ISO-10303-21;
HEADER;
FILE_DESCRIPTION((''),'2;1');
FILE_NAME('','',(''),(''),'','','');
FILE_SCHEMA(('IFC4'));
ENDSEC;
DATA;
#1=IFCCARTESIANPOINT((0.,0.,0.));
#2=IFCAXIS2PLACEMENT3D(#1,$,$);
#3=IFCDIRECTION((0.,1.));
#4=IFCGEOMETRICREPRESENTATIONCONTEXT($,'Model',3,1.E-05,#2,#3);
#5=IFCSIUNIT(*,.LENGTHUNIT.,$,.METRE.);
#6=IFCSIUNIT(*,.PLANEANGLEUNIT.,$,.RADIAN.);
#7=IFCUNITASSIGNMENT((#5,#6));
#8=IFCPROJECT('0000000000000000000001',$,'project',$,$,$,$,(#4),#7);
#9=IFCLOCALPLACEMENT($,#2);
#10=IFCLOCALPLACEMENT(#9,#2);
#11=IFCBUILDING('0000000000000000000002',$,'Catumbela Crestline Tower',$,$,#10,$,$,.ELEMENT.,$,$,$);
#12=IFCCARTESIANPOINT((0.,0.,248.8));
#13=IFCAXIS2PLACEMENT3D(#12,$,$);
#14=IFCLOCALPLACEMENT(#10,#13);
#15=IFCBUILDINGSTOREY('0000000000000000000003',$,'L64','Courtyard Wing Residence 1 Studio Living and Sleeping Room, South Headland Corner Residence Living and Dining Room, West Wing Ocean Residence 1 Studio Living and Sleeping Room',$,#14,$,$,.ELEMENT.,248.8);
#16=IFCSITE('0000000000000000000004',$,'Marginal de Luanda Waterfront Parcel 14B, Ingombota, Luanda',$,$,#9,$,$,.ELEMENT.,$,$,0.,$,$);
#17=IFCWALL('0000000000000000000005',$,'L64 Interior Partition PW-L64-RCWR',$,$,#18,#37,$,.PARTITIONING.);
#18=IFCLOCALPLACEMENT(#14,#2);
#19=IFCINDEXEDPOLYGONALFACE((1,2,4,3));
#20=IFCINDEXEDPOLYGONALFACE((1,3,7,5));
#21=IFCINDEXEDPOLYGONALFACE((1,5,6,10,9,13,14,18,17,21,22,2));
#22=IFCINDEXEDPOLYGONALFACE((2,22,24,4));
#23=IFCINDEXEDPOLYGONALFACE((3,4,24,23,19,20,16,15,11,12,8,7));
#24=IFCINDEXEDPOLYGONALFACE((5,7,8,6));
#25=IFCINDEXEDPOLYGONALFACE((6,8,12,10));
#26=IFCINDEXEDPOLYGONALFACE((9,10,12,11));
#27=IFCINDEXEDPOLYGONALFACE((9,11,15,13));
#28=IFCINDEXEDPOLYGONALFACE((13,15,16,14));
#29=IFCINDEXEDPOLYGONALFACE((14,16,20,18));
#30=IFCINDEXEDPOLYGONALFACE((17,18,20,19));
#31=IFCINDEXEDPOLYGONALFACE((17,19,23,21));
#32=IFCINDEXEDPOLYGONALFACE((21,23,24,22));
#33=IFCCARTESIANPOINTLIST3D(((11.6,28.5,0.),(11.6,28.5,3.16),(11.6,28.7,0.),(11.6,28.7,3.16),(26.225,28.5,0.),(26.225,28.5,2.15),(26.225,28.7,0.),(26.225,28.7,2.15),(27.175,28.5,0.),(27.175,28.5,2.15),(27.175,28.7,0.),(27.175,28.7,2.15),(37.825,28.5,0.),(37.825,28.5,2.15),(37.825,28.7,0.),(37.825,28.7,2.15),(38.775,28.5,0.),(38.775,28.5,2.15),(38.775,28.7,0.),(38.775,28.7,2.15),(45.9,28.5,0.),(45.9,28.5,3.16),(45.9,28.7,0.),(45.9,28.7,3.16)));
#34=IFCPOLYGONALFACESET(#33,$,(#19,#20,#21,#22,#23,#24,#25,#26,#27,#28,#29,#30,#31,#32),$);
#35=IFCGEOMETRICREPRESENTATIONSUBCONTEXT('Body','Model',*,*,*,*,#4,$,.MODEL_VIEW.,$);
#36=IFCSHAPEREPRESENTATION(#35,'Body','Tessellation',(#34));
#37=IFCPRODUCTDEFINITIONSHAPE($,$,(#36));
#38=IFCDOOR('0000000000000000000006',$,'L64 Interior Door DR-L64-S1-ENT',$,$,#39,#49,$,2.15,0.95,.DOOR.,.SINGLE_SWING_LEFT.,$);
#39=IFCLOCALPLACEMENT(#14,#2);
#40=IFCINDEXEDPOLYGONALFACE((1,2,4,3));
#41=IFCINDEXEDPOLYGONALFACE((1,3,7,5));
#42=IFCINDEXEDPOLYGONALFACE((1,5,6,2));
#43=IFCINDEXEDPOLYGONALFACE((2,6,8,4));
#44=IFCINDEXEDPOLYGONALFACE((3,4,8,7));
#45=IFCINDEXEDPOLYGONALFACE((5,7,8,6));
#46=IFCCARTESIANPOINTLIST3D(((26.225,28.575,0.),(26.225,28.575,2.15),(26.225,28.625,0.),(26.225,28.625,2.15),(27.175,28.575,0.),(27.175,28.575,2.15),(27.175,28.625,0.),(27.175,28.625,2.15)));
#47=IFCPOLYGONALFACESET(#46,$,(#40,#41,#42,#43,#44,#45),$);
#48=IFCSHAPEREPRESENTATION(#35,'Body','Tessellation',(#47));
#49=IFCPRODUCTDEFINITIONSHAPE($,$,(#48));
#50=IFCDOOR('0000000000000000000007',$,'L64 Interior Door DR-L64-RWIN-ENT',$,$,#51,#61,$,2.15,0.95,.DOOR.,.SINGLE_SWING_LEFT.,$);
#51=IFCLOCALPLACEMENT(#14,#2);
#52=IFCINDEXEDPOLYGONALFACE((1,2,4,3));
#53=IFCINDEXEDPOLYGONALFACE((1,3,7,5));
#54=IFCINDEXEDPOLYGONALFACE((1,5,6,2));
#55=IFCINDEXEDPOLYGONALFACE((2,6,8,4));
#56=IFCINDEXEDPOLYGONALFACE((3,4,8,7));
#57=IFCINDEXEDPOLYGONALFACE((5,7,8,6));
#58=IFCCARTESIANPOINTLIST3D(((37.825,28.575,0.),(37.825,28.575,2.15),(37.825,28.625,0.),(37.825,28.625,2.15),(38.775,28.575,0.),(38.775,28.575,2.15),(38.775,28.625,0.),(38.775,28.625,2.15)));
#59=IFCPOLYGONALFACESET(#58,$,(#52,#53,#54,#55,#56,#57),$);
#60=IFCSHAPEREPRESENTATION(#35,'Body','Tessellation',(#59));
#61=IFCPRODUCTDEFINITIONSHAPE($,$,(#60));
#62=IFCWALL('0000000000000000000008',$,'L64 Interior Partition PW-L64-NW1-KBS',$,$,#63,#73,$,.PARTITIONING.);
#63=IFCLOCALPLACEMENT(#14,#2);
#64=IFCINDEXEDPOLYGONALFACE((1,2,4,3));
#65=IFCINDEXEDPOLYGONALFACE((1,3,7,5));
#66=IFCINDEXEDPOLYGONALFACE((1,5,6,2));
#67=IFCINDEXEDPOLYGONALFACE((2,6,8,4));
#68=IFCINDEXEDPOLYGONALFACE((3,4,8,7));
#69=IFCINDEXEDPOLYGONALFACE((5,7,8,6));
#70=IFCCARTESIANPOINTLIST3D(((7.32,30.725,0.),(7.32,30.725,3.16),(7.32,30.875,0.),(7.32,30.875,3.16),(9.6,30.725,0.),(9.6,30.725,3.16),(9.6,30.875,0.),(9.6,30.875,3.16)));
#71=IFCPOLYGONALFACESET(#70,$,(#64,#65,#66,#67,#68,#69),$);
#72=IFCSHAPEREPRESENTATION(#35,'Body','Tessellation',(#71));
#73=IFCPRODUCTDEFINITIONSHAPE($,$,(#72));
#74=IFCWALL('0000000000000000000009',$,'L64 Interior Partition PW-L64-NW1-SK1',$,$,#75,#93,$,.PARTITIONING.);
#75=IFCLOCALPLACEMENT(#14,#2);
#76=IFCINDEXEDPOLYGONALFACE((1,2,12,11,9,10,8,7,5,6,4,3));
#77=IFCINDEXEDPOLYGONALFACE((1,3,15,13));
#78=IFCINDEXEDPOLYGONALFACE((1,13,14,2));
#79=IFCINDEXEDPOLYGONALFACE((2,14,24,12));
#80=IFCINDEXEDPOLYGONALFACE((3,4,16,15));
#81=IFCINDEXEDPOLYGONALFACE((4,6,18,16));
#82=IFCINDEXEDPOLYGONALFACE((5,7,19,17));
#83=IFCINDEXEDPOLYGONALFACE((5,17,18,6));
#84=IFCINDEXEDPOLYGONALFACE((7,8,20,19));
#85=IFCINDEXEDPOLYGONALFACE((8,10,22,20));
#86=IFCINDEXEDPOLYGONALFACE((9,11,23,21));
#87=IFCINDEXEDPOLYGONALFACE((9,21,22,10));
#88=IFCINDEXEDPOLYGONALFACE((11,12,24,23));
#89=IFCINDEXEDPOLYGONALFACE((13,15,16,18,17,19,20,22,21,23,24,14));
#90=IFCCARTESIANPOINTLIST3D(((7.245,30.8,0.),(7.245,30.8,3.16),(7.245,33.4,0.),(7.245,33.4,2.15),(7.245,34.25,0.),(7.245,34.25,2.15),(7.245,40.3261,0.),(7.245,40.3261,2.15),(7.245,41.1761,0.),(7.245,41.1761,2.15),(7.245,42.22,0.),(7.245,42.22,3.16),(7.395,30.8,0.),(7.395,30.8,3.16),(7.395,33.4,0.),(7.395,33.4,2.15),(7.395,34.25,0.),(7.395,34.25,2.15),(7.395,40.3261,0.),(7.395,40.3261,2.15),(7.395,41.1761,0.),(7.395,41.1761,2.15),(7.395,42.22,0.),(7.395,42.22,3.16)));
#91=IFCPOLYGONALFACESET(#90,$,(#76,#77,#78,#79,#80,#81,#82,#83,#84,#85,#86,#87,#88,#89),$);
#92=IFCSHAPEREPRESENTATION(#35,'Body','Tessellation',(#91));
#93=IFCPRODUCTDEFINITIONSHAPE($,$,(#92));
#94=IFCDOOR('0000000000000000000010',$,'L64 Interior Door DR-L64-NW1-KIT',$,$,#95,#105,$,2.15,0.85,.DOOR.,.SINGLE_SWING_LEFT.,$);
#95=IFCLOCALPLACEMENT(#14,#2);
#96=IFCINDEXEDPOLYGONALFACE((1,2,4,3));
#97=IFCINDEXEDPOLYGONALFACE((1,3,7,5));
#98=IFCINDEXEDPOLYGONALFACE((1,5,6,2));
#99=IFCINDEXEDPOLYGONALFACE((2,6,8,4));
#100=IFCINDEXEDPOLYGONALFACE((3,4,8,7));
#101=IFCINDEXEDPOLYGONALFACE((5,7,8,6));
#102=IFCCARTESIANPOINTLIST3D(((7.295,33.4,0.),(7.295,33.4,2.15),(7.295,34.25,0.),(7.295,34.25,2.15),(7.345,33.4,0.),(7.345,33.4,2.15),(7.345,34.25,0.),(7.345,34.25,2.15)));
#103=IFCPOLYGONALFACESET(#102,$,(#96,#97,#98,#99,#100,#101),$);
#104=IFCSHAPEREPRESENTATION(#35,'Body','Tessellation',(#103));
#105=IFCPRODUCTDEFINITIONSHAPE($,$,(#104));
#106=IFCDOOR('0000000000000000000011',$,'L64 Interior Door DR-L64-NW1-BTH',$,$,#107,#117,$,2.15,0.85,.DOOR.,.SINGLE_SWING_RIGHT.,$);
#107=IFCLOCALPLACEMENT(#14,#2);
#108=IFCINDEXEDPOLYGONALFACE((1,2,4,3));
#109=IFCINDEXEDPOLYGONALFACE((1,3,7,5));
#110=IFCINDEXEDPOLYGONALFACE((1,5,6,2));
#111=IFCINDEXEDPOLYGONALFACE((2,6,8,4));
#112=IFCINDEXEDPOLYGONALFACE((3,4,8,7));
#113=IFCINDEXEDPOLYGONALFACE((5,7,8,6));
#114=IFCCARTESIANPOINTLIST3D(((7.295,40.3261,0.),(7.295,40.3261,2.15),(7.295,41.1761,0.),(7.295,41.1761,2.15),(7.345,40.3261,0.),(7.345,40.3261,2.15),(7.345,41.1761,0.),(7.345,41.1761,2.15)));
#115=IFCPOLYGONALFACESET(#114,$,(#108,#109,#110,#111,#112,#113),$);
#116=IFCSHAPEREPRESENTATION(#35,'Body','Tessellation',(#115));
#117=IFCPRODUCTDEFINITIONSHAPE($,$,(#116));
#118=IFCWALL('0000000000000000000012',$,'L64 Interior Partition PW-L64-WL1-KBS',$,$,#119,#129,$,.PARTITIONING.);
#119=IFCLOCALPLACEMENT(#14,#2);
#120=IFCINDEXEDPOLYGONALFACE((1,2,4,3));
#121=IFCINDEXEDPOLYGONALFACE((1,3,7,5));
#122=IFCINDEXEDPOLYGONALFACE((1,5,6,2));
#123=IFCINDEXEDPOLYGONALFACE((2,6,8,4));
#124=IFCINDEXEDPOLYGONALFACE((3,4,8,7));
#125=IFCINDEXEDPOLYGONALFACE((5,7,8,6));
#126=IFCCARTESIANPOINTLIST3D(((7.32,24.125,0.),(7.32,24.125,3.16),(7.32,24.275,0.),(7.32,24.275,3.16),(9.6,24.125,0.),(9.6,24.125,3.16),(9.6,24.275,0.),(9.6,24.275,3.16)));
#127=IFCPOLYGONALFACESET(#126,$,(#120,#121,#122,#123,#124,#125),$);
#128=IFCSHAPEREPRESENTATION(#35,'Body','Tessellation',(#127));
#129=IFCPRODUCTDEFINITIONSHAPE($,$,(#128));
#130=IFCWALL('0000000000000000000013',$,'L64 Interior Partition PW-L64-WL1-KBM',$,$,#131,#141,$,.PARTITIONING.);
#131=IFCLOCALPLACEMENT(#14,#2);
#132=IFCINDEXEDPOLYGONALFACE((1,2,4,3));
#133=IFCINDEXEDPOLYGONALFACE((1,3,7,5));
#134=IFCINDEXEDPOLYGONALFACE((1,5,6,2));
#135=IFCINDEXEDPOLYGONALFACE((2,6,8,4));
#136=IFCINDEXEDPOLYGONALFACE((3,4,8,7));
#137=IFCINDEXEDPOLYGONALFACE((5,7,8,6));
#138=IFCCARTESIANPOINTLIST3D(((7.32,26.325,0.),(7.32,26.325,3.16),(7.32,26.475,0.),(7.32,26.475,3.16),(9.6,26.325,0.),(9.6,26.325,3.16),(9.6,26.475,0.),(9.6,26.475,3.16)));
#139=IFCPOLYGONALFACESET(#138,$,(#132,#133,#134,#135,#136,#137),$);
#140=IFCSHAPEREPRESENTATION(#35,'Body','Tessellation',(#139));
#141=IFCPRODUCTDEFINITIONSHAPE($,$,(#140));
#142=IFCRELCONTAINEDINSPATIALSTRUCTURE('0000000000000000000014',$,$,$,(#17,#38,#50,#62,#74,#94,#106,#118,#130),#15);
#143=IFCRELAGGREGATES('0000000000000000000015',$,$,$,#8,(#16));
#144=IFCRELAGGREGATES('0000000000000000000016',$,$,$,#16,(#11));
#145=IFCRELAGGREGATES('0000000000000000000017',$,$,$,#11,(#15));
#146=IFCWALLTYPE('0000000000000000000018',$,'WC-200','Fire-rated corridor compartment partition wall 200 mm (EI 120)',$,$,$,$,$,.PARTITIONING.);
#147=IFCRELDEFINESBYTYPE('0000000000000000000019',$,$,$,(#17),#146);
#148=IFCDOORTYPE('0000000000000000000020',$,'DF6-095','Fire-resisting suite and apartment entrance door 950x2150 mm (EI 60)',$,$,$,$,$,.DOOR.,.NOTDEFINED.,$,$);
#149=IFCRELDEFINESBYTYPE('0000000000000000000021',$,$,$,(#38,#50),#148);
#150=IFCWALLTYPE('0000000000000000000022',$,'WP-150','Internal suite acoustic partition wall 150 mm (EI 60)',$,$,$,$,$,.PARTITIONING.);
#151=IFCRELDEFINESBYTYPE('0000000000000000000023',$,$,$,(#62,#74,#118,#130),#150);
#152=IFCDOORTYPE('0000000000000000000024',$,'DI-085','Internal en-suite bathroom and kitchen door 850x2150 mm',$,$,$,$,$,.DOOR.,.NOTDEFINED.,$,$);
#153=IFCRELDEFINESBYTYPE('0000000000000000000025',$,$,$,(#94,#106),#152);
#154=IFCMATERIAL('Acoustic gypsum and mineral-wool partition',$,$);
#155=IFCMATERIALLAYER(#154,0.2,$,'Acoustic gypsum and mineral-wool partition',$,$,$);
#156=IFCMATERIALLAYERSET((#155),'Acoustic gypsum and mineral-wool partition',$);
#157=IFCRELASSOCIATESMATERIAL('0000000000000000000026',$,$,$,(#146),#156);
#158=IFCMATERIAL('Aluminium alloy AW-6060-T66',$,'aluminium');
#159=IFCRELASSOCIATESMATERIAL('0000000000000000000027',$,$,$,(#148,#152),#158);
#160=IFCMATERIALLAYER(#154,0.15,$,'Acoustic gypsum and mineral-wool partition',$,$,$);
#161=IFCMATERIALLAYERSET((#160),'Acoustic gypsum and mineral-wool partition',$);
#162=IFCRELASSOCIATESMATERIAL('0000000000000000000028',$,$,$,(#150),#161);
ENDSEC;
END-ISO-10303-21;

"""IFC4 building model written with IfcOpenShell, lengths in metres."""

from ifc_helpers import new_model, si_unit, direction, frame, frame_2d, origin, place, context, subcontext, project, spatial, rectangle, extrude, material, layer, layer_set, type_object, element, fill, save


model = new_model("IFC4")

# Units and contexts
model_context = context("Model", 3, precision=1e-05, world=origin(), true_north=direction((0.0, 1.0)))
body_context = subcontext(model_context, "Body", "Model", "MODEL_VIEW")
ifc_project = project(units=[si_unit("LENGTHUNIT", "METRE"), si_unit("PLANEANGLEUNIT", "RADIAN")], contexts=[model_context])

# Site, building, storey
site_placement = place(None, origin())
site = spatial("IfcSite", under=ifc_project, at=site_placement, Name="Marginal de Luanda Waterfront Parcel 14B, Ingombota, Luanda", CompositionType="ELEMENT", RefElevation=0.0)
building_placement = place(site_placement, origin())
building = spatial("IfcBuilding", under=site, at=building_placement, Name="Catumbela Crestline Tower", CompositionType="ELEMENT")
storey_placement = place(building_placement, frame((0.0, 0.0, 248.8)))
storey = spatial("IfcBuildingStorey", under=building, at=storey_placement, Name="L64", Description="Courtyard Wing Residence 1 Studio Living and Sleeping Room, South Headland Corner Residence Living and Dining Room, West Wing Ocean Residence 1 Studio Living and Sleeping Room", CompositionType="ELEMENT", Elevation=248.8)

# Wall, openings, doors
ifc_material_1 = material(Name="Acoustic gypsum and mineral-wool partition")
ifc_layer_1 = layer(ifc_material_1, 0.2, Name="Acoustic gypsum and mineral-wool partition")
ifc_layer_set_1 = layer_set([ifc_layer_1], Name="Acoustic gypsum and mineral-wool partition")
wall_type_1 = type_object("IfcWallType", Name="WC-200", Description="Fire-rated corridor compartment partition wall 200 mm (EI 120)", PredefinedType="PARTITIONING", material=ifc_layer_set_1)
wall_1_placement = place(storey_placement, frame((11.6, 28.6, 0.0), z_axis=(0.0, 0.0, 1.0), x_axis=(1.0, 0.0, 0.0)))
wall_1 = element("IfcWall", 1, at=wall_1_placement, inside=storey, type_object=wall_type_1, Name="L64 Interior Partition PW-L64-RCWR", PredefinedType="PARTITIONING", context=body_context, shape_type="SweptSolid", body=[
    extrude(rectangle(XDim=34.3, YDim=0.2, at=frame_2d((17.15, 0.0))), origin(), (0.0, 0.0, 1.0), 3.16),
])
opening_1_placement = place(wall_1_placement, frame((14.625, 0.0, 0.0)))
opening_1 = element("IfcOpeningElement", 2, at=opening_1_placement, cuts=wall_1, PredefinedType="OPENING", context=body_context, shape_type="SweptSolid", body=[
    extrude(rectangle(XDim=0.95, YDim=2.15, at=frame_2d((0.475, 1.075))), frame((0.0, 0.11, 0.0), z_axis=(0.0, -1.0, 0.0), x_axis=(1.0, 0.0, 0.0)), (0.0, 0.0, 1.0), 0.22),
])
opening_2_placement = place(wall_1_placement, frame((26.225, 0.0, 0.0)))
opening_2 = element("IfcOpeningElement", 3, at=opening_2_placement, cuts=wall_1, PredefinedType="OPENING", context=body_context, shape_type="SweptSolid", body=[
    extrude(rectangle(XDim=0.95, YDim=2.15, at=frame_2d((0.475, 1.075))), frame((0.0, 0.11, 0.0), z_axis=(0.0, -1.0, 0.0), x_axis=(1.0, 0.0, 0.0)), (0.0, 0.0, 1.0), 0.22),
])
ifc_material_2 = material(Name="Aluminium alloy AW-6060-T66", Category="aluminium")
door_type_1 = type_object("IfcDoorType", Name="DF6-095", Description="Fire-resisting suite and apartment entrance door 950x2150 mm (EI 60)", OperationType="NOTDEFINED", PredefinedType="DOOR", material=ifc_material_2)
door_1_placement = place(opening_1_placement, origin())
door_1 = element("IfcDoor", 4, at=door_1_placement, inside=storey, type_object=door_type_1, Name="L64 Interior Door DR-L64-S1-ENT", OperationType="SINGLE_SWING_LEFT", OverallHeight=2.15, OverallWidth=0.95, PredefinedType="DOOR", context=body_context, shape_type="SweptSolid", body=[
    extrude(rectangle(XDim=0.95, YDim=2.15, at=frame_2d((0.475, 1.075))), frame((0.0, 0.025, 0.0), z_axis=(0.0, -1.0, 0.0), x_axis=(1.0, 0.0, 0.0)), (0.0, 0.0, 1.0), 0.05),
])
fill(opening_1, door_1)
door_2_placement = place(opening_2_placement, origin())
door_2 = element("IfcDoor", 5, at=door_2_placement, inside=storey, type_object=door_type_1, Name="L64 Interior Door DR-L64-RWIN-ENT", OperationType="SINGLE_SWING_LEFT", OverallHeight=2.15, OverallWidth=0.95, PredefinedType="DOOR", context=body_context, shape_type="SweptSolid", body=[
    extrude(rectangle(XDim=0.95, YDim=2.15, at=frame_2d((0.475, 1.075))), frame((0.0, 0.025, 0.0), z_axis=(0.0, -1.0, 0.0), x_axis=(1.0, 0.0, 0.0)), (0.0, 0.0, 1.0), 0.05),
])
fill(opening_2, door_2)

# Wall
ifc_layer_2 = layer(ifc_material_1, 0.15, Name="Acoustic gypsum and mineral-wool partition")
ifc_layer_set_2 = layer_set([ifc_layer_2], Name="Acoustic gypsum and mineral-wool partition")
wall_type_2 = type_object("IfcWallType", Name="WP-150", Description="Internal suite acoustic partition wall 150 mm (EI 60)", PredefinedType="PARTITIONING", material=ifc_layer_set_2)
wall_2_placement = place(storey_placement, frame((7.32, 30.8, 0.0), z_axis=(0.0, 0.0, 1.0), x_axis=(1.0, 0.0, 0.0)))
element("IfcWall", 6, at=wall_2_placement, inside=storey, type_object=wall_type_2, Name="L64 Interior Partition PW-L64-NW1-KBS", PredefinedType="PARTITIONING", context=body_context, shape_type="SweptSolid", body=[
    extrude(rectangle(XDim=2.28, YDim=0.15, at=frame_2d((1.14, 0.0))), origin(), (0.0, 0.0, 1.0), 3.16),
])

# Wall, openings, doors
wall_3_placement = place(storey_placement, frame((7.32, 30.8, 0.0), z_axis=(0.0, 0.0, 1.0), x_axis=(0.0, 1.0, 0.0)))
wall_3 = element("IfcWall", 7, at=wall_3_placement, inside=storey, type_object=wall_type_2, Name="L64 Interior Partition PW-L64-NW1-SK1", PredefinedType="PARTITIONING", context=body_context, shape_type="SweptSolid", body=[
    extrude(rectangle(XDim=11.42, YDim=0.15, at=frame_2d((5.71, 0.0))), origin(), (0.0, 0.0, 1.0), 3.16),
])
opening_3_placement = place(wall_3_placement, frame((2.6, 0.0, 0.0)))
opening_3 = element("IfcOpeningElement", 8, at=opening_3_placement, cuts=wall_3, PredefinedType="OPENING", context=body_context, shape_type="SweptSolid", body=[
    extrude(rectangle(XDim=0.85, YDim=2.15, at=frame_2d((0.425, 1.075))), frame((0.0, 0.085, 0.0), z_axis=(0.0, -1.0, 0.0), x_axis=(1.0, 0.0, 0.0)), (0.0, 0.0, 1.0), 0.17),
])
opening_4_placement = place(wall_3_placement, frame((9.5261, 0.0, 0.0)))
opening_4 = element("IfcOpeningElement", 9, at=opening_4_placement, cuts=wall_3, PredefinedType="OPENING", context=body_context, shape_type="SweptSolid", body=[
    extrude(rectangle(XDim=0.85, YDim=2.15, at=frame_2d((0.425, 1.075))), frame((0.0, 0.085, 0.0), z_axis=(0.0, -1.0, 0.0), x_axis=(1.0, 0.0, 0.0)), (0.0, 0.0, 1.0), 0.17),
])
door_type_2 = type_object("IfcDoorType", Name="DI-085", Description="Internal en-suite bathroom and kitchen door 850x2150 mm", OperationType="NOTDEFINED", PredefinedType="DOOR", material=ifc_material_2)
door_3_placement = place(opening_3_placement, origin())
door_3 = element("IfcDoor", 10, at=door_3_placement, inside=storey, type_object=door_type_2, Name="L64 Interior Door DR-L64-NW1-KIT", OperationType="SINGLE_SWING_LEFT", OverallHeight=2.15, OverallWidth=0.85, PredefinedType="DOOR", context=body_context, shape_type="SweptSolid", body=[
    extrude(rectangle(XDim=0.85, YDim=2.15, at=frame_2d((0.425, 1.075))), frame((0.0, 0.025, 0.0), z_axis=(0.0, -1.0, 0.0), x_axis=(1.0, 0.0, 0.0)), (0.0, 0.0, 1.0), 0.05),
])
fill(opening_3, door_3)
door_4_placement = place(opening_4_placement, origin())
door_4 = element("IfcDoor", 11, at=door_4_placement, inside=storey, type_object=door_type_2, Name="L64 Interior Door DR-L64-NW1-BTH", OperationType="SINGLE_SWING_RIGHT", OverallHeight=2.15, OverallWidth=0.85, PredefinedType="DOOR", context=body_context, shape_type="SweptSolid", body=[
    extrude(rectangle(XDim=0.85, YDim=2.15, at=frame_2d((0.425, 1.075))), frame((0.0, 0.025, 0.0), z_axis=(0.0, -1.0, 0.0), x_axis=(1.0, 0.0, 0.0)), (0.0, 0.0, 1.0), 0.05),
])
fill(opening_4, door_4)

# Walls
for number, where, z_axis, x_axis, name in (
    (12, (7.32, 24.2, 0.0), (0.0, 0.0, 1.0), (1.0, 0.0, 0.0), "L64 Interior Partition PW-L64-WL1-KBS"),
    (13, (7.32, 26.4, 0.0), (0.0, 0.0, 1.0), (1.0, 0.0, 0.0), "L64 Interior Partition PW-L64-WL1-KBM"),
):
    element("IfcWall", number, at=place(storey_placement, frame(where, z_axis=z_axis, x_axis=x_axis)), inside=storey, type_object=wall_type_2, Name=name, PredefinedType="PARTITIONING", context=body_context, shape_type="SweptSolid", body=[
        extrude(rectangle(XDim=2.28, YDim=0.15, at=frame_2d((1.14, 0.0))), origin(), (0.0, 0.0, 1.0), 3.16),
    ])

save(model, "model.ifc")
